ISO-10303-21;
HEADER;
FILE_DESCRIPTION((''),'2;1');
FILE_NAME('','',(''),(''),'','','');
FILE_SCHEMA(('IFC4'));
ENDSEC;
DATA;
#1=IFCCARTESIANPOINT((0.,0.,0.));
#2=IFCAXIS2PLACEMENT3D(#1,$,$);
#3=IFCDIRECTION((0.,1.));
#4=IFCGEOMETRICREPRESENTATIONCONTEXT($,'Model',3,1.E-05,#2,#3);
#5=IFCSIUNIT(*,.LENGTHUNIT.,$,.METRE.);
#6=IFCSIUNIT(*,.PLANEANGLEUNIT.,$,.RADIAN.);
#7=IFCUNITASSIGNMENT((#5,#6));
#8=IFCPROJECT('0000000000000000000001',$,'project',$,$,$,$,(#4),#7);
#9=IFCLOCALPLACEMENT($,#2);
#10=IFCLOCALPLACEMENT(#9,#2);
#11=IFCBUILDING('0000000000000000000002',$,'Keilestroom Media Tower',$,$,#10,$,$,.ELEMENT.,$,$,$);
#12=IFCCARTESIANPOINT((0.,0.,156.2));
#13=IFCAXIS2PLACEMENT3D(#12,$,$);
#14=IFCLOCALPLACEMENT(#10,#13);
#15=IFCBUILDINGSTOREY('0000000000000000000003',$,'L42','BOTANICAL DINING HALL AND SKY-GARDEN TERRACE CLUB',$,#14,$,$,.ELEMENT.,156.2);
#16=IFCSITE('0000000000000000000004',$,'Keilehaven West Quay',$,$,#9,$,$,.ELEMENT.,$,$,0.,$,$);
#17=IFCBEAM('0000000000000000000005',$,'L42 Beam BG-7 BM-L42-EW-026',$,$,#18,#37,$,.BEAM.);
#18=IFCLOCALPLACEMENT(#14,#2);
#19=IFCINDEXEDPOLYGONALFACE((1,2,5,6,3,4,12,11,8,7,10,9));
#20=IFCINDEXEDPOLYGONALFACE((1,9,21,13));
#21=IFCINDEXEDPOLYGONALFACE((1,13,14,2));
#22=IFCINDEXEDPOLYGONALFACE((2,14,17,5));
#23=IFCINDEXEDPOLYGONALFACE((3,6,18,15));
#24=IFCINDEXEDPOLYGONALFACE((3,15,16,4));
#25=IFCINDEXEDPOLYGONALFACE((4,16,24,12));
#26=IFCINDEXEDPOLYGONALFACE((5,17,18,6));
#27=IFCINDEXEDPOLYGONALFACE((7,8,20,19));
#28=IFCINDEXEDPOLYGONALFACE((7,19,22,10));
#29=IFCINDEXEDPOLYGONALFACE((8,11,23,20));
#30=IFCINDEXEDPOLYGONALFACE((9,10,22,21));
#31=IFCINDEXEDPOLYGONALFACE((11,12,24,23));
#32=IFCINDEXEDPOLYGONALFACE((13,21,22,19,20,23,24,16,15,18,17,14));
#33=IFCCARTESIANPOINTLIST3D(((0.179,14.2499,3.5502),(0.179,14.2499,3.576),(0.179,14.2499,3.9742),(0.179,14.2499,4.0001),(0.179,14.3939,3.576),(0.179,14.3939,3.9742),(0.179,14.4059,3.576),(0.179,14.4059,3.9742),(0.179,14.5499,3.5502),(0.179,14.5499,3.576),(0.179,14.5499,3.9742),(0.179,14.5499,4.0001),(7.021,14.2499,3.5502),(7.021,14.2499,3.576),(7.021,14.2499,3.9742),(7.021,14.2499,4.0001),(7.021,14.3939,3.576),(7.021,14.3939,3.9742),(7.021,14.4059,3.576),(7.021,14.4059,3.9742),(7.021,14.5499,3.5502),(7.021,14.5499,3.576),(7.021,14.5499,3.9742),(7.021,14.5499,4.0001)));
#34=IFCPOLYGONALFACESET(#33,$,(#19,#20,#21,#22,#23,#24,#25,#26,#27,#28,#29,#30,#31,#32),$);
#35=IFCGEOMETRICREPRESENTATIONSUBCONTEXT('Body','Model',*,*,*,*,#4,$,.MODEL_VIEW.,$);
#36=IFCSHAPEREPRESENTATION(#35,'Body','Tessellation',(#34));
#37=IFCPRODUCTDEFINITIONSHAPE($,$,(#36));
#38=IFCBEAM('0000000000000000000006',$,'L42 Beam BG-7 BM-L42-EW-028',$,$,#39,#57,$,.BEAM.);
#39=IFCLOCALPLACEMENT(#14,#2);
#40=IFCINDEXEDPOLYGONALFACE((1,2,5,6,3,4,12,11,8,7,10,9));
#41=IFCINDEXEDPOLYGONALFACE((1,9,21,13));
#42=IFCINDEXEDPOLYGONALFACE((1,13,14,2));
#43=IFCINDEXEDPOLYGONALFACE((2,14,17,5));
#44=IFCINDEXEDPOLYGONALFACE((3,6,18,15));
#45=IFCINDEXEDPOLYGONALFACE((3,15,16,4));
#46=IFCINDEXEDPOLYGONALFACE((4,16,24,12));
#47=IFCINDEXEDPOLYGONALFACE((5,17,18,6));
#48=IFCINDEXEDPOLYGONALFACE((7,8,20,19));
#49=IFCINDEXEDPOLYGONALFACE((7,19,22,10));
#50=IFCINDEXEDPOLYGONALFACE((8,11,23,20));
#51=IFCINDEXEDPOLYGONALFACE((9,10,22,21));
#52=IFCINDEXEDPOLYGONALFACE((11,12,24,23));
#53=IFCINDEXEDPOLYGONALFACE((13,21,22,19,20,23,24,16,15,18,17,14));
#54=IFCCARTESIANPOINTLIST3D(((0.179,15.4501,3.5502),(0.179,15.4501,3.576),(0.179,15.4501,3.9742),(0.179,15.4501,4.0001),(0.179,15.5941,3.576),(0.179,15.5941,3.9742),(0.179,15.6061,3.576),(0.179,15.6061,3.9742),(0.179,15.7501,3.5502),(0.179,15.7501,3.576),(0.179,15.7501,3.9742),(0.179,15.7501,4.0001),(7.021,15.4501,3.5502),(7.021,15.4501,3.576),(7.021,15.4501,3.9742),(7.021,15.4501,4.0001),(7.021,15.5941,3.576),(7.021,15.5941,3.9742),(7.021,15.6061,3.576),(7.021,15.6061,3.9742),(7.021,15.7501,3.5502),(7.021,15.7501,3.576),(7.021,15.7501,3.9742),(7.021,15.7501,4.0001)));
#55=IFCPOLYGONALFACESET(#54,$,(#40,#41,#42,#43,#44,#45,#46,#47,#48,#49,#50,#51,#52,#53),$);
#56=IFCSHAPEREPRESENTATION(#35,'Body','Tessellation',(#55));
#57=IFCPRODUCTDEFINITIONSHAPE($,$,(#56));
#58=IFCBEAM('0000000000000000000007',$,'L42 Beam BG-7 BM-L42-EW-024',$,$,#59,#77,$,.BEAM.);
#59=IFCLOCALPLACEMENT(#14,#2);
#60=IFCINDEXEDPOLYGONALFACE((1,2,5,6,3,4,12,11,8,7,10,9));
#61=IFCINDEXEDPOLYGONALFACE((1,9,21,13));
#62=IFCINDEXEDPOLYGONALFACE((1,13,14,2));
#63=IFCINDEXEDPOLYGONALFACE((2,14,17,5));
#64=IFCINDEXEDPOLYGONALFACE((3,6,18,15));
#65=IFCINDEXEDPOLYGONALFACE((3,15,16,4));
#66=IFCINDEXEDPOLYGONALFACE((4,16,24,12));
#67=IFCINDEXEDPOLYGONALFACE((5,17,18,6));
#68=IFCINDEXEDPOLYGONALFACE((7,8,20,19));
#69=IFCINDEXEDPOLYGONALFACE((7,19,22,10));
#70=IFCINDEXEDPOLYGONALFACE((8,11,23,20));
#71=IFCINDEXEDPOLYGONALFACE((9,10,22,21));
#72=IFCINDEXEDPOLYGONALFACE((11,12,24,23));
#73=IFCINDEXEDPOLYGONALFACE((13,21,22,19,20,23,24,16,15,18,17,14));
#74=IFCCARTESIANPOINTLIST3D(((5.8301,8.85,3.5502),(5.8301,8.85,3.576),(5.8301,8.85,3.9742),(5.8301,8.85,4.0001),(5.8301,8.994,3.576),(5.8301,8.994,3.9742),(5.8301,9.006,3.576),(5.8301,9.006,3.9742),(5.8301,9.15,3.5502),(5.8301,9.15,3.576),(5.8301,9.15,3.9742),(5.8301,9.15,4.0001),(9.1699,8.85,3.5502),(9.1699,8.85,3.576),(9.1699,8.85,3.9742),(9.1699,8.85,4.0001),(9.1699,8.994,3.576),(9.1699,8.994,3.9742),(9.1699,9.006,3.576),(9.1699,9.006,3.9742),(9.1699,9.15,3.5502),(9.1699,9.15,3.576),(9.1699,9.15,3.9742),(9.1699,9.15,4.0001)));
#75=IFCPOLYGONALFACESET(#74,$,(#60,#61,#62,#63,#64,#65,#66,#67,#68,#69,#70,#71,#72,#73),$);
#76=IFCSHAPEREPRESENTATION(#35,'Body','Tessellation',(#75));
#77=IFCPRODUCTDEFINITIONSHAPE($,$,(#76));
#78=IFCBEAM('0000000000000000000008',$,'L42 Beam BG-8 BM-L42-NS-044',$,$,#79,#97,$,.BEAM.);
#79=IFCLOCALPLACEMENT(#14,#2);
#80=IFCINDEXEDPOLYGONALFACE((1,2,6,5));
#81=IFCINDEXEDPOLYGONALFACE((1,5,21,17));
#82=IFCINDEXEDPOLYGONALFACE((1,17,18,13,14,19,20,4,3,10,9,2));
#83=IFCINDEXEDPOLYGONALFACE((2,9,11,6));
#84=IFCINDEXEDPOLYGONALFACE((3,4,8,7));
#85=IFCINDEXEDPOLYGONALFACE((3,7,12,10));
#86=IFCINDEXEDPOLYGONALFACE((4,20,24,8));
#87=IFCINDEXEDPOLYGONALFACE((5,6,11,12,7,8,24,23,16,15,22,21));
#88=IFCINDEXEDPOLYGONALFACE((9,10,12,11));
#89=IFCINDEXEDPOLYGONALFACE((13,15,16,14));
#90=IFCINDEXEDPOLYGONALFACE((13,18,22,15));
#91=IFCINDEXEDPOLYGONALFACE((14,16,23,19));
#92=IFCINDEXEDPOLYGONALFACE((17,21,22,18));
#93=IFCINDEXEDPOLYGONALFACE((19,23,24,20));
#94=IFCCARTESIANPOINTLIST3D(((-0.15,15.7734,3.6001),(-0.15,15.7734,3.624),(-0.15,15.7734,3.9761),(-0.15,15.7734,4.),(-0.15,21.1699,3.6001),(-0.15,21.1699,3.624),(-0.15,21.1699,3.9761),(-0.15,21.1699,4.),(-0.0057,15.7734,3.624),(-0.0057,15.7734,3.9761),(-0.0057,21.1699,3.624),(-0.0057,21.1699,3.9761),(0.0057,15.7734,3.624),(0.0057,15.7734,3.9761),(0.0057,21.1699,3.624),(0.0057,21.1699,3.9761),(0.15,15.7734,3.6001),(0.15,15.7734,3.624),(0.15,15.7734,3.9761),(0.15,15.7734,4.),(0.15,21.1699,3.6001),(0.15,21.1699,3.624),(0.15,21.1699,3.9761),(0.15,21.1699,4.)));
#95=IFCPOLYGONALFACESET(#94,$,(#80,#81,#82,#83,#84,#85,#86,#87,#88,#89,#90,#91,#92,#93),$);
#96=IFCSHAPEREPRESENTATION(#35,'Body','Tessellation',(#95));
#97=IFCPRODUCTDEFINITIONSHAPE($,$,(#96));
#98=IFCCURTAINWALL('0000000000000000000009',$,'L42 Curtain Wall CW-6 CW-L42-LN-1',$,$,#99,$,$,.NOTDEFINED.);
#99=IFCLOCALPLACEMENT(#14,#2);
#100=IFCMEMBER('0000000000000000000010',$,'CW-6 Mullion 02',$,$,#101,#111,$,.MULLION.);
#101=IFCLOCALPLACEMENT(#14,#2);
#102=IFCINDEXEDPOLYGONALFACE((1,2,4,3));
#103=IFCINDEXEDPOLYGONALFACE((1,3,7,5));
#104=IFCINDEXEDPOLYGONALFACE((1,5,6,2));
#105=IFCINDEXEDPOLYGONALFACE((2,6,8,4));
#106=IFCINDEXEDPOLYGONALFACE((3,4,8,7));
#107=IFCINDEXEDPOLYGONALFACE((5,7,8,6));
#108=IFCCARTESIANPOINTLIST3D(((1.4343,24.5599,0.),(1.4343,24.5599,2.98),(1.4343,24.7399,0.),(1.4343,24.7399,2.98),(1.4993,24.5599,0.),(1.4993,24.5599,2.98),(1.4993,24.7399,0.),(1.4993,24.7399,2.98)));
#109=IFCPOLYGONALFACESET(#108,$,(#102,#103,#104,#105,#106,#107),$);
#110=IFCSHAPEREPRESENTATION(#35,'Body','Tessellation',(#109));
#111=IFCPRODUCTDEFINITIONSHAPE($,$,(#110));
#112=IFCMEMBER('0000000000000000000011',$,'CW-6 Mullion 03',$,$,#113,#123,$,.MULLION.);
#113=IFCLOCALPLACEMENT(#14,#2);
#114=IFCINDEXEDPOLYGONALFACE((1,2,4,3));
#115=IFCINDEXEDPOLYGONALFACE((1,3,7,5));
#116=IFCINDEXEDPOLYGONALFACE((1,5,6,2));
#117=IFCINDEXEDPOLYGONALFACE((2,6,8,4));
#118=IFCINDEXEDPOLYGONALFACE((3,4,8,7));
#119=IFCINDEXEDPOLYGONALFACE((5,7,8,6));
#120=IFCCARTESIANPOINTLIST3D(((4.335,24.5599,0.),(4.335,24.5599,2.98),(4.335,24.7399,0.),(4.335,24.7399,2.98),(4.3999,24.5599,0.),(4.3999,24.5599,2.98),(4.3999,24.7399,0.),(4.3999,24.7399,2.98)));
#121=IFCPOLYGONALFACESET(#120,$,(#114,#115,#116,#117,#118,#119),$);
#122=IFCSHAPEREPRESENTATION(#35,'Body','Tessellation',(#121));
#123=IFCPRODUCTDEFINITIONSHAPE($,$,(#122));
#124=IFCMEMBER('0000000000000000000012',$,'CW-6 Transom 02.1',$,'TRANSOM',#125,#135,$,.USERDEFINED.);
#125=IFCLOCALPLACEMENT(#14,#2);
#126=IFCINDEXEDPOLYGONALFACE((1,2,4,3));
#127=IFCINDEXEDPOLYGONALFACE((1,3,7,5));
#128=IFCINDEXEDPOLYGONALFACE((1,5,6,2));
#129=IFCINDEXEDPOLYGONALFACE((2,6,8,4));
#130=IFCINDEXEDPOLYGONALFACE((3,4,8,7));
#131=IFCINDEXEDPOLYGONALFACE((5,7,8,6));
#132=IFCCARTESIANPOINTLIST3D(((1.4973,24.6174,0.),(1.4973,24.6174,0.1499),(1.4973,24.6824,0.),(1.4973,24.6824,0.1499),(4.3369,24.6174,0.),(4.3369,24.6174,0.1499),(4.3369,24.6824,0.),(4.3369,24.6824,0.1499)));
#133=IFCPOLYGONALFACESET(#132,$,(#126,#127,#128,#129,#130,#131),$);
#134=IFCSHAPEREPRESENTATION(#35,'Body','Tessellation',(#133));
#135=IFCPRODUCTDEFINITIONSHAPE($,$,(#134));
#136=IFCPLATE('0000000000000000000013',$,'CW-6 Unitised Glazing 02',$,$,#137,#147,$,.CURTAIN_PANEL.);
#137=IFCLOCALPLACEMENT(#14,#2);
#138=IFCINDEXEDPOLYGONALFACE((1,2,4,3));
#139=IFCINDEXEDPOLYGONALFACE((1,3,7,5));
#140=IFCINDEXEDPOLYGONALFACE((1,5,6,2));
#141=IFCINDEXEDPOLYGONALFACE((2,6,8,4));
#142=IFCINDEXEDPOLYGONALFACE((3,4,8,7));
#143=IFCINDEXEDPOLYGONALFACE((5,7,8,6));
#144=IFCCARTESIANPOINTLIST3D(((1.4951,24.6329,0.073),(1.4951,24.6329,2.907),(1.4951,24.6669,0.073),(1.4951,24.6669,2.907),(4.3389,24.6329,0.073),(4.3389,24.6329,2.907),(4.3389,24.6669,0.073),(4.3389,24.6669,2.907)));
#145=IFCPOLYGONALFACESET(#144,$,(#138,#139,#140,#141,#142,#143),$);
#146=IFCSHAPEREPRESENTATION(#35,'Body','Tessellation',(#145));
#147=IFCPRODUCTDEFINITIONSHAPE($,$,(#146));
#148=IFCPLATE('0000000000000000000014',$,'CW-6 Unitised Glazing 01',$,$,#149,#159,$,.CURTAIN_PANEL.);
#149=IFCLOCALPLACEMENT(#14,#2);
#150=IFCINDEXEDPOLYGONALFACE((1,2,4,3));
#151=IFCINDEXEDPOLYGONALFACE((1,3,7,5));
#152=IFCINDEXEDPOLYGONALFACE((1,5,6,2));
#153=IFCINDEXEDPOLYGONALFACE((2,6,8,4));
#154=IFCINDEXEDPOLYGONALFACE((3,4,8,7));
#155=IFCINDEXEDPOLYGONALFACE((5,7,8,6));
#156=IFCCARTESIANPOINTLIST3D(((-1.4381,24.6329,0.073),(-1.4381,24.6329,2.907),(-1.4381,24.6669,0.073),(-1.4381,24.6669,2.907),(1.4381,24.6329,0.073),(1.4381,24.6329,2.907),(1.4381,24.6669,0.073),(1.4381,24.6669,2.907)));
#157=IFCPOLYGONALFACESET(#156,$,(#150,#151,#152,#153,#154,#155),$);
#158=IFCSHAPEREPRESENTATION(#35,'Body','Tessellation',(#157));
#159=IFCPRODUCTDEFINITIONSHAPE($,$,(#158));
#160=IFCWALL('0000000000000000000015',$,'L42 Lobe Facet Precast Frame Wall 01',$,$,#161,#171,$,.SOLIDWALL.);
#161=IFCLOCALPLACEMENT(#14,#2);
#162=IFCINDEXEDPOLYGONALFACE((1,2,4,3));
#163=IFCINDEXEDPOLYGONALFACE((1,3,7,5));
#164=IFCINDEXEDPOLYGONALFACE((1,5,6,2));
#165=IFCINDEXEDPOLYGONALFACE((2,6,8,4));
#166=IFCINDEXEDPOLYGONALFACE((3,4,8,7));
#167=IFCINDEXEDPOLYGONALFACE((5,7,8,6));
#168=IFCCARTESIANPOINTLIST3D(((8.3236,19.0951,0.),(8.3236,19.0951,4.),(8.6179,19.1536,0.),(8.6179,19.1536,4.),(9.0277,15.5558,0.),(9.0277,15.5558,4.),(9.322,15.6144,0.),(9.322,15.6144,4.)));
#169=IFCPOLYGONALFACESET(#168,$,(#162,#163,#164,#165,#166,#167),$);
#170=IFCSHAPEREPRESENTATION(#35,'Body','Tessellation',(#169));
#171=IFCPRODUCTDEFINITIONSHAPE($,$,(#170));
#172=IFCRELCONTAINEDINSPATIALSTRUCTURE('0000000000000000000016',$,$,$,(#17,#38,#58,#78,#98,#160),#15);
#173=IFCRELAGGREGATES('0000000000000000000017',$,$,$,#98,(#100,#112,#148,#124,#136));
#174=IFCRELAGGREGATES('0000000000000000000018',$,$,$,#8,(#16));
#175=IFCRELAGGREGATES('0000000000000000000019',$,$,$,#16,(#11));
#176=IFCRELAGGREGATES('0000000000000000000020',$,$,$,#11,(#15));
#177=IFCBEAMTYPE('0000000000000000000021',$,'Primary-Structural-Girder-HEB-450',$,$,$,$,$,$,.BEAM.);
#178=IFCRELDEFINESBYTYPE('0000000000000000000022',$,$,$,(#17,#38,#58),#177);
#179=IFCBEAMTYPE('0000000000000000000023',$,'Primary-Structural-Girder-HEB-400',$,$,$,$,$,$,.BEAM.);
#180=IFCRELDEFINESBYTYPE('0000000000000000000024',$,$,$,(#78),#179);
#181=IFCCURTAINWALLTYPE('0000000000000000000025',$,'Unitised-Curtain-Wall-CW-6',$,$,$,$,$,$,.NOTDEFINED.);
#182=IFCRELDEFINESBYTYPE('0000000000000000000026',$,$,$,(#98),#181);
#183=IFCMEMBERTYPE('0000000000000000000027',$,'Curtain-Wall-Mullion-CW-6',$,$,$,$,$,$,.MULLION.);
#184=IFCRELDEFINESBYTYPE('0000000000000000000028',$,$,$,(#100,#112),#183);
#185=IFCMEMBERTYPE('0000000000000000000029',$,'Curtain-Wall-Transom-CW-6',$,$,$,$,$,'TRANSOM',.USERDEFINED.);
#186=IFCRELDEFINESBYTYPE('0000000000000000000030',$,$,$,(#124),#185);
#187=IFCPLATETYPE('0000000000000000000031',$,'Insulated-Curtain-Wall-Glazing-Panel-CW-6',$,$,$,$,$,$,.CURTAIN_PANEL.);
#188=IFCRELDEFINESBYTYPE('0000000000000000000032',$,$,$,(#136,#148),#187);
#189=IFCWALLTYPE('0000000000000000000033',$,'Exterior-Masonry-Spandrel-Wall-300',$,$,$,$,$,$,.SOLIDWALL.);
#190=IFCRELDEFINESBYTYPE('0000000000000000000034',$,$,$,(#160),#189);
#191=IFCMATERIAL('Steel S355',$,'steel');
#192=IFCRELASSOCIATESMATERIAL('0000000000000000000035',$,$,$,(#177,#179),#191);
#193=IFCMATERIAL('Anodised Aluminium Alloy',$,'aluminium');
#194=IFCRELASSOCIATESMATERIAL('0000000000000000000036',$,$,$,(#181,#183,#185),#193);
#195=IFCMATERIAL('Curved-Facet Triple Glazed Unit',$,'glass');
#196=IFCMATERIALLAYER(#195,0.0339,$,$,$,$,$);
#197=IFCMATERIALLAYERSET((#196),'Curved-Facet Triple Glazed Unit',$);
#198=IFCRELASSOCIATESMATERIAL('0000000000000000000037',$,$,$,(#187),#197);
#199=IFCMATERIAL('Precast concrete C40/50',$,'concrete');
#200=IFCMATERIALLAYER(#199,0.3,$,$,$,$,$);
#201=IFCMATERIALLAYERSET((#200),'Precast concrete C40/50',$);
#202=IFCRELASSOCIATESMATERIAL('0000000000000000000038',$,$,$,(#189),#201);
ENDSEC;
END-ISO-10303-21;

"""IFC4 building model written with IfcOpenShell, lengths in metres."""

from ifc_helpers import new_model, si_unit, direction, frame, frame_2d, origin, origin_2d, place, context, subcontext, project, spatial, rectangle, i_section, extrude, source, transform, mapped, material, layer, layer_set, material_profile, profile_set, type_object, element, aggregate, save


model = new_model("IFC4")

# Units and contexts
model_context = context("Model", 3, precision=1e-05, world=origin(), true_north=direction((0.0, 1.0)))
body_context = subcontext(model_context, "Body", "Model", "MODEL_VIEW")
ifc_project = project(units=[si_unit("LENGTHUNIT", "METRE"), si_unit("PLANEANGLEUNIT", "RADIAN")], contexts=[model_context])

# Site, building, storey
site_placement = place(None, origin())
site = spatial("IfcSite", under=ifc_project, at=site_placement, Name="Keilehaven West Quay", CompositionType="ELEMENT", RefElevation=0.0)
building_placement = place(site_placement, origin())
building = spatial("IfcBuilding", under=site, at=building_placement, Name="Keilestroom Media Tower", CompositionType="ELEMENT")
storey_placement = place(building_placement, frame((0.0, 0.0, 156.2)))
storey = spatial("IfcBuildingStorey", under=building, at=storey_placement, Name="L42", Description="BOTANICAL DINING HALL AND SKY-GARDEN TERRACE CLUB", CompositionType="ELEMENT", Elevation=156.2)

# Shared definitions
ifc_material_1 = material(Name="Precast concrete C40/50", Category="concrete")
ifc_material_2 = material(Name="Steel S355", Category="steel")

# Beams
ifc_material_profile_1 = material_profile(ifc_material_2, i_section(OverallWidth=0.3, OverallDepth=0.45, WebThickness=0.012, FlangeThickness=0.0259, at=origin_2d()), Name="HEB 450")
ifc_profile_set_1 = profile_set([ifc_material_profile_1], Name="Steel S355")
beam_type_1 = type_object("IfcBeamType", Name="Primary-Structural-Girder-HEB-450", PredefinedType="BEAM", material=ifc_profile_set_1)
shared_shape_1 = source(origin(), body_context, "Body", "SweptSolid", [
    extrude(i_section(OverallWidth=0.3, OverallDepth=0.45, WebThickness=0.012, FlangeThickness=0.0259, at=origin_2d()), origin(), (0.0, 0.0, 1.0), 6.842),
])
for number, where, z_axis, x_axis, name in (
    (1, (0.179, 14.3999, 3.7751), (1.0, 0.0, 0.0), (0.0, 1.0, 0.0), "L42 Beam BG-7 BM-L42-EW-026"),
    (2, (0.179, 15.6001, 3.7751), (1.0, 0.0, 0.0), (0.0, 1.0, 0.0), "L42 Beam BG-7 BM-L42-EW-028"),
):
    element("IfcBeam", number, at=place(storey_placement, frame(where, z_axis=z_axis, x_axis=x_axis)), inside=storey, type_object=beam_type_1, Name=name, PredefinedType="BEAM", context=body_context, shape_type="MappedRepresentation", body=[
        mapped(shared_shape_1, transform((0.0, 0.0, 0.0), x_axis=(1.0, 0.0, 0.0), y_axis=(0.0, 1.0, 0.0), z_axis=(0.0, 0.0, 1.0), scale=1.0)),
    ])
shared_shape_2 = source(origin(), body_context, "Body", "SweptSolid", [
    extrude(i_section(OverallWidth=0.3, OverallDepth=0.45, WebThickness=0.012, FlangeThickness=0.0259, at=origin_2d()), origin(), (0.0, 0.0, 1.0), 3.3398),
])
beam_1_placement = place(storey_placement, frame((5.8301, 9.0, 3.7751), z_axis=(1.0, 0.0, 0.0), x_axis=(0.0, 1.0, 0.0)))
element("IfcBeam", 3, at=beam_1_placement, inside=storey, type_object=beam_type_1, Name="L42 Beam BG-7 BM-L42-EW-024", PredefinedType="BEAM", context=body_context, shape_type="MappedRepresentation", body=[
    mapped(shared_shape_2, transform((0.0, 0.0, 0.0), x_axis=(1.0, 0.0, 0.0), y_axis=(0.0, 1.0, 0.0), z_axis=(0.0, 0.0, 1.0), scale=1.0)),
])
ifc_material_profile_2 = material_profile(ifc_material_2, i_section(OverallWidth=0.3, OverallDepth=0.3999, WebThickness=0.0115, FlangeThickness=0.0239, at=origin_2d()), Name="HEB 400")
ifc_profile_set_2 = profile_set([ifc_material_profile_2], Name="Steel S355")
beam_type_2 = type_object("IfcBeamType", Name="Primary-Structural-Girder-HEB-400", PredefinedType="BEAM", material=ifc_profile_set_2)
shared_shape_3 = source(origin(), body_context, "Body", "SweptSolid", [
    extrude(i_section(OverallWidth=0.3, OverallDepth=0.3999, WebThickness=0.0115, FlangeThickness=0.0239, at=origin_2d()), origin(), (0.0, 0.0, 1.0), 5.3965),
])
beam_2_placement = place(storey_placement, frame((0.0, 15.7734, 3.8), z_axis=(0.0, 1.0, 0.0), x_axis=(-1.0, 0.0, 0.0)))
element("IfcBeam", 4, at=beam_2_placement, inside=storey, type_object=beam_type_2, Name="L42 Beam BG-8 BM-L42-NS-044", PredefinedType="BEAM", context=body_context, shape_type="MappedRepresentation", body=[
    mapped(shared_shape_3, transform((0.0, 0.0, 0.0), x_axis=(1.0, 0.0, 0.0), y_axis=(0.0, 1.0, 0.0), z_axis=(0.0, 0.0, 1.0), scale=1.0)),
])

# Curtain wall, members, plates
ifc_material_3 = material(Name="Anodised Aluminium Alloy", Category="aluminium")
curtain_wall_type = type_object("IfcCurtainWallType", Name="Unitised-Curtain-Wall-CW-6", PredefinedType="NOTDEFINED", material=ifc_material_3)
curtain_wall_placement = place(storey_placement, origin())
curtain_wall = element("IfcCurtainWall", 5, at=curtain_wall_placement, inside=storey, type_object=curtain_wall_type, Name="L42 Curtain Wall CW-6 CW-L42-LN-1", PredefinedType="NOTDEFINED")
ifc_material_profile_3 = material_profile(ifc_material_3, rectangle(XDim=0.0649, YDim=0.1799, at=origin_2d()), Name="ALU MULLION 65x180")
ifc_profile_set_3 = profile_set([ifc_material_profile_3], Name="Anodised Aluminium Alloy")
member_type_1 = type_object("IfcMemberType", Name="Curtain-Wall-Mullion-CW-6", PredefinedType="MULLION", material=ifc_profile_set_3)
shared_shape_4 = source(origin(), body_context, "Body", "SweptSolid", [
    extrude(rectangle(XDim=0.0649, YDim=0.1799, at=origin_2d()), origin(), (0.0, 0.0, 1.0), 2.98),
])
member_1_placement = place(storey_placement, frame((1.4668, 24.6499, 0.0), z_axis=(0.0, 0.0, 1.0), x_axis=(1.0, 0.0, 0.0)))
member_1 = element("IfcMember", 6, at=member_1_placement, type_object=member_type_1, Name="CW-6 Mullion 02", PredefinedType="MULLION", context=body_context, shape_type="MappedRepresentation", body=[
    mapped(shared_shape_4, transform((0.0, 0.0, 0.0), x_axis=(1.0, 0.0, 0.0), y_axis=(0.0, 1.0, 0.0), z_axis=(0.0, 0.0, 1.0), scale=1.0)),
])
member_2_placement = place(storey_placement, frame((4.3674, 24.6499, 0.0), z_axis=(0.0, 0.0, 1.0), x_axis=(1.0, 0.0, 0.0)))
member_2 = element("IfcMember", 7, at=member_2_placement, type_object=member_type_1, Name="CW-6 Mullion 03", PredefinedType="MULLION", context=body_context, shape_type="MappedRepresentation", body=[
    mapped(shared_shape_4, transform((0.0, 0.0, 0.0), x_axis=(1.0, 0.0, 0.0), y_axis=(0.0, 1.0, 0.0), z_axis=(0.0, 0.0, 1.0), scale=1.0)),
])
ifc_material_profile_4 = material_profile(ifc_material_3, rectangle(XDim=0.0649, YDim=0.1499, at=origin_2d()), Name="ALU TRANSOM 65x150")
ifc_profile_set_4 = profile_set([ifc_material_profile_4], Name="Anodised Aluminium Alloy")
member_type_2 = type_object("IfcMemberType", Name="Curtain-Wall-Transom-CW-6", ElementType="TRANSOM", PredefinedType="USERDEFINED", material=ifc_profile_set_4)
shared_shape_5 = source(origin(), body_context, "Body", "SweptSolid", [
    extrude(rectangle(XDim=0.0649, YDim=0.1499, at=origin_2d()), origin(), (0.0, 0.0, 1.0), 2.8396),
])
member_3_placement = place(storey_placement, frame((1.4973, 24.6499, 0.075), z_axis=(1.0, 0.0, 0.0), x_axis=(0.0, 1.0, 0.0)))
member_3 = element("IfcMember", 8, at=member_3_placement, type_object=member_type_2, Name="CW-6 Transom 02.1", ObjectType="TRANSOM", PredefinedType="USERDEFINED", context=body_context, shape_type="MappedRepresentation", body=[
    mapped(shared_shape_5, transform((0.0, 0.0, 0.0), x_axis=(1.0, 0.0, 0.0), y_axis=(0.0, 1.0, 0.0), z_axis=(0.0, 0.0, 1.0), scale=1.0)),
])
ifc_material_4 = material(Name="Curved-Facet Triple Glazed Unit", Category="glass")
ifc_layer_1 = layer(ifc_material_4, 0.0339)
ifc_layer_set_1 = layer_set([ifc_layer_1], Name="Curved-Facet Triple Glazed Unit")
plate_type = type_object("IfcPlateType", Name="Insulated-Curtain-Wall-Glazing-Panel-CW-6", PredefinedType="CURTAIN_PANEL", material=ifc_layer_set_1)
shared_shape_6 = source(origin(), body_context, "Body", "SweptSolid", [
    extrude(rectangle(XDim=2.8438, YDim=0.0339, at=origin_2d()), origin(), (0.0, 0.0, 1.0), 2.834),
])
plate_1_placement = place(storey_placement, frame((2.917, 24.6499, 0.073), z_axis=(0.0, 0.0, 1.0), x_axis=(1.0, 0.0, 0.0)))
plate_1 = element("IfcPlate", 9, at=plate_1_placement, type_object=plate_type, Name="CW-6 Unitised Glazing 02", PredefinedType="CURTAIN_PANEL", context=body_context, shape_type="MappedRepresentation", body=[
    mapped(shared_shape_6, transform((0.0, 0.0, 0.0), x_axis=(1.0, 0.0, 0.0), y_axis=(0.0, 1.0, 0.0), z_axis=(0.0, 0.0, 1.0), scale=1.0)),
])
shared_shape_7 = source(origin(), body_context, "Body", "SweptSolid", [
    extrude(rectangle(XDim=2.8762, YDim=0.0339, at=origin_2d()), origin(), (0.0, 0.0, 1.0), 2.834),
])
plate_2_placement = place(storey_placement, frame((0.0, 24.6499, 0.073), z_axis=(0.0, 0.0, 1.0), x_axis=(1.0, 0.0, 0.0)))
plate_2 = element("IfcPlate", 10, at=plate_2_placement, type_object=plate_type, Name="CW-6 Unitised Glazing 01", PredefinedType="CURTAIN_PANEL", context=body_context, shape_type="MappedRepresentation", body=[
    mapped(shared_shape_7, transform((0.0, 0.0, 0.0), x_axis=(1.0, 0.0, 0.0), y_axis=(0.0, 1.0, 0.0), z_axis=(0.0, 0.0, 1.0), scale=1.0)),
])
aggregate(curtain_wall, [member_1, member_2, plate_2, member_3, plate_1])

# Wall
ifc_layer_2 = layer(ifc_material_1, 0.3)
ifc_layer_set_2 = layer_set([ifc_layer_2], Name="Precast concrete C40/50")
wall_type_1 = type_object("IfcWallType", Name="Exterior-Masonry-Spandrel-Wall-300", PredefinedType="SOLIDWALL", material=ifc_layer_set_2)
for number, where, z_axis, x_axis, name in (
    (11, (9.1748, 15.5852, 0.0), (0.0, 0.0, 1.0), (-0.195114, 0.980781, 0.0), "L42 Lobe Facet Precast Frame Wall 01"),
):
    element("IfcWall", number, at=place(storey_placement, frame(where, z_axis=z_axis, x_axis=x_axis)), inside=storey, type_object=wall_type_1, Name=name, PredefinedType="SOLIDWALL", context=body_context, shape_type="SweptSolid", body=[
        extrude(rectangle(XDim=3.6086, YDim=0.3, at=frame_2d((1.8042, 0.0))), origin(), (0.0, 0.0, 1.0), 4.0),
    ])

save(model, "model.ifc")
